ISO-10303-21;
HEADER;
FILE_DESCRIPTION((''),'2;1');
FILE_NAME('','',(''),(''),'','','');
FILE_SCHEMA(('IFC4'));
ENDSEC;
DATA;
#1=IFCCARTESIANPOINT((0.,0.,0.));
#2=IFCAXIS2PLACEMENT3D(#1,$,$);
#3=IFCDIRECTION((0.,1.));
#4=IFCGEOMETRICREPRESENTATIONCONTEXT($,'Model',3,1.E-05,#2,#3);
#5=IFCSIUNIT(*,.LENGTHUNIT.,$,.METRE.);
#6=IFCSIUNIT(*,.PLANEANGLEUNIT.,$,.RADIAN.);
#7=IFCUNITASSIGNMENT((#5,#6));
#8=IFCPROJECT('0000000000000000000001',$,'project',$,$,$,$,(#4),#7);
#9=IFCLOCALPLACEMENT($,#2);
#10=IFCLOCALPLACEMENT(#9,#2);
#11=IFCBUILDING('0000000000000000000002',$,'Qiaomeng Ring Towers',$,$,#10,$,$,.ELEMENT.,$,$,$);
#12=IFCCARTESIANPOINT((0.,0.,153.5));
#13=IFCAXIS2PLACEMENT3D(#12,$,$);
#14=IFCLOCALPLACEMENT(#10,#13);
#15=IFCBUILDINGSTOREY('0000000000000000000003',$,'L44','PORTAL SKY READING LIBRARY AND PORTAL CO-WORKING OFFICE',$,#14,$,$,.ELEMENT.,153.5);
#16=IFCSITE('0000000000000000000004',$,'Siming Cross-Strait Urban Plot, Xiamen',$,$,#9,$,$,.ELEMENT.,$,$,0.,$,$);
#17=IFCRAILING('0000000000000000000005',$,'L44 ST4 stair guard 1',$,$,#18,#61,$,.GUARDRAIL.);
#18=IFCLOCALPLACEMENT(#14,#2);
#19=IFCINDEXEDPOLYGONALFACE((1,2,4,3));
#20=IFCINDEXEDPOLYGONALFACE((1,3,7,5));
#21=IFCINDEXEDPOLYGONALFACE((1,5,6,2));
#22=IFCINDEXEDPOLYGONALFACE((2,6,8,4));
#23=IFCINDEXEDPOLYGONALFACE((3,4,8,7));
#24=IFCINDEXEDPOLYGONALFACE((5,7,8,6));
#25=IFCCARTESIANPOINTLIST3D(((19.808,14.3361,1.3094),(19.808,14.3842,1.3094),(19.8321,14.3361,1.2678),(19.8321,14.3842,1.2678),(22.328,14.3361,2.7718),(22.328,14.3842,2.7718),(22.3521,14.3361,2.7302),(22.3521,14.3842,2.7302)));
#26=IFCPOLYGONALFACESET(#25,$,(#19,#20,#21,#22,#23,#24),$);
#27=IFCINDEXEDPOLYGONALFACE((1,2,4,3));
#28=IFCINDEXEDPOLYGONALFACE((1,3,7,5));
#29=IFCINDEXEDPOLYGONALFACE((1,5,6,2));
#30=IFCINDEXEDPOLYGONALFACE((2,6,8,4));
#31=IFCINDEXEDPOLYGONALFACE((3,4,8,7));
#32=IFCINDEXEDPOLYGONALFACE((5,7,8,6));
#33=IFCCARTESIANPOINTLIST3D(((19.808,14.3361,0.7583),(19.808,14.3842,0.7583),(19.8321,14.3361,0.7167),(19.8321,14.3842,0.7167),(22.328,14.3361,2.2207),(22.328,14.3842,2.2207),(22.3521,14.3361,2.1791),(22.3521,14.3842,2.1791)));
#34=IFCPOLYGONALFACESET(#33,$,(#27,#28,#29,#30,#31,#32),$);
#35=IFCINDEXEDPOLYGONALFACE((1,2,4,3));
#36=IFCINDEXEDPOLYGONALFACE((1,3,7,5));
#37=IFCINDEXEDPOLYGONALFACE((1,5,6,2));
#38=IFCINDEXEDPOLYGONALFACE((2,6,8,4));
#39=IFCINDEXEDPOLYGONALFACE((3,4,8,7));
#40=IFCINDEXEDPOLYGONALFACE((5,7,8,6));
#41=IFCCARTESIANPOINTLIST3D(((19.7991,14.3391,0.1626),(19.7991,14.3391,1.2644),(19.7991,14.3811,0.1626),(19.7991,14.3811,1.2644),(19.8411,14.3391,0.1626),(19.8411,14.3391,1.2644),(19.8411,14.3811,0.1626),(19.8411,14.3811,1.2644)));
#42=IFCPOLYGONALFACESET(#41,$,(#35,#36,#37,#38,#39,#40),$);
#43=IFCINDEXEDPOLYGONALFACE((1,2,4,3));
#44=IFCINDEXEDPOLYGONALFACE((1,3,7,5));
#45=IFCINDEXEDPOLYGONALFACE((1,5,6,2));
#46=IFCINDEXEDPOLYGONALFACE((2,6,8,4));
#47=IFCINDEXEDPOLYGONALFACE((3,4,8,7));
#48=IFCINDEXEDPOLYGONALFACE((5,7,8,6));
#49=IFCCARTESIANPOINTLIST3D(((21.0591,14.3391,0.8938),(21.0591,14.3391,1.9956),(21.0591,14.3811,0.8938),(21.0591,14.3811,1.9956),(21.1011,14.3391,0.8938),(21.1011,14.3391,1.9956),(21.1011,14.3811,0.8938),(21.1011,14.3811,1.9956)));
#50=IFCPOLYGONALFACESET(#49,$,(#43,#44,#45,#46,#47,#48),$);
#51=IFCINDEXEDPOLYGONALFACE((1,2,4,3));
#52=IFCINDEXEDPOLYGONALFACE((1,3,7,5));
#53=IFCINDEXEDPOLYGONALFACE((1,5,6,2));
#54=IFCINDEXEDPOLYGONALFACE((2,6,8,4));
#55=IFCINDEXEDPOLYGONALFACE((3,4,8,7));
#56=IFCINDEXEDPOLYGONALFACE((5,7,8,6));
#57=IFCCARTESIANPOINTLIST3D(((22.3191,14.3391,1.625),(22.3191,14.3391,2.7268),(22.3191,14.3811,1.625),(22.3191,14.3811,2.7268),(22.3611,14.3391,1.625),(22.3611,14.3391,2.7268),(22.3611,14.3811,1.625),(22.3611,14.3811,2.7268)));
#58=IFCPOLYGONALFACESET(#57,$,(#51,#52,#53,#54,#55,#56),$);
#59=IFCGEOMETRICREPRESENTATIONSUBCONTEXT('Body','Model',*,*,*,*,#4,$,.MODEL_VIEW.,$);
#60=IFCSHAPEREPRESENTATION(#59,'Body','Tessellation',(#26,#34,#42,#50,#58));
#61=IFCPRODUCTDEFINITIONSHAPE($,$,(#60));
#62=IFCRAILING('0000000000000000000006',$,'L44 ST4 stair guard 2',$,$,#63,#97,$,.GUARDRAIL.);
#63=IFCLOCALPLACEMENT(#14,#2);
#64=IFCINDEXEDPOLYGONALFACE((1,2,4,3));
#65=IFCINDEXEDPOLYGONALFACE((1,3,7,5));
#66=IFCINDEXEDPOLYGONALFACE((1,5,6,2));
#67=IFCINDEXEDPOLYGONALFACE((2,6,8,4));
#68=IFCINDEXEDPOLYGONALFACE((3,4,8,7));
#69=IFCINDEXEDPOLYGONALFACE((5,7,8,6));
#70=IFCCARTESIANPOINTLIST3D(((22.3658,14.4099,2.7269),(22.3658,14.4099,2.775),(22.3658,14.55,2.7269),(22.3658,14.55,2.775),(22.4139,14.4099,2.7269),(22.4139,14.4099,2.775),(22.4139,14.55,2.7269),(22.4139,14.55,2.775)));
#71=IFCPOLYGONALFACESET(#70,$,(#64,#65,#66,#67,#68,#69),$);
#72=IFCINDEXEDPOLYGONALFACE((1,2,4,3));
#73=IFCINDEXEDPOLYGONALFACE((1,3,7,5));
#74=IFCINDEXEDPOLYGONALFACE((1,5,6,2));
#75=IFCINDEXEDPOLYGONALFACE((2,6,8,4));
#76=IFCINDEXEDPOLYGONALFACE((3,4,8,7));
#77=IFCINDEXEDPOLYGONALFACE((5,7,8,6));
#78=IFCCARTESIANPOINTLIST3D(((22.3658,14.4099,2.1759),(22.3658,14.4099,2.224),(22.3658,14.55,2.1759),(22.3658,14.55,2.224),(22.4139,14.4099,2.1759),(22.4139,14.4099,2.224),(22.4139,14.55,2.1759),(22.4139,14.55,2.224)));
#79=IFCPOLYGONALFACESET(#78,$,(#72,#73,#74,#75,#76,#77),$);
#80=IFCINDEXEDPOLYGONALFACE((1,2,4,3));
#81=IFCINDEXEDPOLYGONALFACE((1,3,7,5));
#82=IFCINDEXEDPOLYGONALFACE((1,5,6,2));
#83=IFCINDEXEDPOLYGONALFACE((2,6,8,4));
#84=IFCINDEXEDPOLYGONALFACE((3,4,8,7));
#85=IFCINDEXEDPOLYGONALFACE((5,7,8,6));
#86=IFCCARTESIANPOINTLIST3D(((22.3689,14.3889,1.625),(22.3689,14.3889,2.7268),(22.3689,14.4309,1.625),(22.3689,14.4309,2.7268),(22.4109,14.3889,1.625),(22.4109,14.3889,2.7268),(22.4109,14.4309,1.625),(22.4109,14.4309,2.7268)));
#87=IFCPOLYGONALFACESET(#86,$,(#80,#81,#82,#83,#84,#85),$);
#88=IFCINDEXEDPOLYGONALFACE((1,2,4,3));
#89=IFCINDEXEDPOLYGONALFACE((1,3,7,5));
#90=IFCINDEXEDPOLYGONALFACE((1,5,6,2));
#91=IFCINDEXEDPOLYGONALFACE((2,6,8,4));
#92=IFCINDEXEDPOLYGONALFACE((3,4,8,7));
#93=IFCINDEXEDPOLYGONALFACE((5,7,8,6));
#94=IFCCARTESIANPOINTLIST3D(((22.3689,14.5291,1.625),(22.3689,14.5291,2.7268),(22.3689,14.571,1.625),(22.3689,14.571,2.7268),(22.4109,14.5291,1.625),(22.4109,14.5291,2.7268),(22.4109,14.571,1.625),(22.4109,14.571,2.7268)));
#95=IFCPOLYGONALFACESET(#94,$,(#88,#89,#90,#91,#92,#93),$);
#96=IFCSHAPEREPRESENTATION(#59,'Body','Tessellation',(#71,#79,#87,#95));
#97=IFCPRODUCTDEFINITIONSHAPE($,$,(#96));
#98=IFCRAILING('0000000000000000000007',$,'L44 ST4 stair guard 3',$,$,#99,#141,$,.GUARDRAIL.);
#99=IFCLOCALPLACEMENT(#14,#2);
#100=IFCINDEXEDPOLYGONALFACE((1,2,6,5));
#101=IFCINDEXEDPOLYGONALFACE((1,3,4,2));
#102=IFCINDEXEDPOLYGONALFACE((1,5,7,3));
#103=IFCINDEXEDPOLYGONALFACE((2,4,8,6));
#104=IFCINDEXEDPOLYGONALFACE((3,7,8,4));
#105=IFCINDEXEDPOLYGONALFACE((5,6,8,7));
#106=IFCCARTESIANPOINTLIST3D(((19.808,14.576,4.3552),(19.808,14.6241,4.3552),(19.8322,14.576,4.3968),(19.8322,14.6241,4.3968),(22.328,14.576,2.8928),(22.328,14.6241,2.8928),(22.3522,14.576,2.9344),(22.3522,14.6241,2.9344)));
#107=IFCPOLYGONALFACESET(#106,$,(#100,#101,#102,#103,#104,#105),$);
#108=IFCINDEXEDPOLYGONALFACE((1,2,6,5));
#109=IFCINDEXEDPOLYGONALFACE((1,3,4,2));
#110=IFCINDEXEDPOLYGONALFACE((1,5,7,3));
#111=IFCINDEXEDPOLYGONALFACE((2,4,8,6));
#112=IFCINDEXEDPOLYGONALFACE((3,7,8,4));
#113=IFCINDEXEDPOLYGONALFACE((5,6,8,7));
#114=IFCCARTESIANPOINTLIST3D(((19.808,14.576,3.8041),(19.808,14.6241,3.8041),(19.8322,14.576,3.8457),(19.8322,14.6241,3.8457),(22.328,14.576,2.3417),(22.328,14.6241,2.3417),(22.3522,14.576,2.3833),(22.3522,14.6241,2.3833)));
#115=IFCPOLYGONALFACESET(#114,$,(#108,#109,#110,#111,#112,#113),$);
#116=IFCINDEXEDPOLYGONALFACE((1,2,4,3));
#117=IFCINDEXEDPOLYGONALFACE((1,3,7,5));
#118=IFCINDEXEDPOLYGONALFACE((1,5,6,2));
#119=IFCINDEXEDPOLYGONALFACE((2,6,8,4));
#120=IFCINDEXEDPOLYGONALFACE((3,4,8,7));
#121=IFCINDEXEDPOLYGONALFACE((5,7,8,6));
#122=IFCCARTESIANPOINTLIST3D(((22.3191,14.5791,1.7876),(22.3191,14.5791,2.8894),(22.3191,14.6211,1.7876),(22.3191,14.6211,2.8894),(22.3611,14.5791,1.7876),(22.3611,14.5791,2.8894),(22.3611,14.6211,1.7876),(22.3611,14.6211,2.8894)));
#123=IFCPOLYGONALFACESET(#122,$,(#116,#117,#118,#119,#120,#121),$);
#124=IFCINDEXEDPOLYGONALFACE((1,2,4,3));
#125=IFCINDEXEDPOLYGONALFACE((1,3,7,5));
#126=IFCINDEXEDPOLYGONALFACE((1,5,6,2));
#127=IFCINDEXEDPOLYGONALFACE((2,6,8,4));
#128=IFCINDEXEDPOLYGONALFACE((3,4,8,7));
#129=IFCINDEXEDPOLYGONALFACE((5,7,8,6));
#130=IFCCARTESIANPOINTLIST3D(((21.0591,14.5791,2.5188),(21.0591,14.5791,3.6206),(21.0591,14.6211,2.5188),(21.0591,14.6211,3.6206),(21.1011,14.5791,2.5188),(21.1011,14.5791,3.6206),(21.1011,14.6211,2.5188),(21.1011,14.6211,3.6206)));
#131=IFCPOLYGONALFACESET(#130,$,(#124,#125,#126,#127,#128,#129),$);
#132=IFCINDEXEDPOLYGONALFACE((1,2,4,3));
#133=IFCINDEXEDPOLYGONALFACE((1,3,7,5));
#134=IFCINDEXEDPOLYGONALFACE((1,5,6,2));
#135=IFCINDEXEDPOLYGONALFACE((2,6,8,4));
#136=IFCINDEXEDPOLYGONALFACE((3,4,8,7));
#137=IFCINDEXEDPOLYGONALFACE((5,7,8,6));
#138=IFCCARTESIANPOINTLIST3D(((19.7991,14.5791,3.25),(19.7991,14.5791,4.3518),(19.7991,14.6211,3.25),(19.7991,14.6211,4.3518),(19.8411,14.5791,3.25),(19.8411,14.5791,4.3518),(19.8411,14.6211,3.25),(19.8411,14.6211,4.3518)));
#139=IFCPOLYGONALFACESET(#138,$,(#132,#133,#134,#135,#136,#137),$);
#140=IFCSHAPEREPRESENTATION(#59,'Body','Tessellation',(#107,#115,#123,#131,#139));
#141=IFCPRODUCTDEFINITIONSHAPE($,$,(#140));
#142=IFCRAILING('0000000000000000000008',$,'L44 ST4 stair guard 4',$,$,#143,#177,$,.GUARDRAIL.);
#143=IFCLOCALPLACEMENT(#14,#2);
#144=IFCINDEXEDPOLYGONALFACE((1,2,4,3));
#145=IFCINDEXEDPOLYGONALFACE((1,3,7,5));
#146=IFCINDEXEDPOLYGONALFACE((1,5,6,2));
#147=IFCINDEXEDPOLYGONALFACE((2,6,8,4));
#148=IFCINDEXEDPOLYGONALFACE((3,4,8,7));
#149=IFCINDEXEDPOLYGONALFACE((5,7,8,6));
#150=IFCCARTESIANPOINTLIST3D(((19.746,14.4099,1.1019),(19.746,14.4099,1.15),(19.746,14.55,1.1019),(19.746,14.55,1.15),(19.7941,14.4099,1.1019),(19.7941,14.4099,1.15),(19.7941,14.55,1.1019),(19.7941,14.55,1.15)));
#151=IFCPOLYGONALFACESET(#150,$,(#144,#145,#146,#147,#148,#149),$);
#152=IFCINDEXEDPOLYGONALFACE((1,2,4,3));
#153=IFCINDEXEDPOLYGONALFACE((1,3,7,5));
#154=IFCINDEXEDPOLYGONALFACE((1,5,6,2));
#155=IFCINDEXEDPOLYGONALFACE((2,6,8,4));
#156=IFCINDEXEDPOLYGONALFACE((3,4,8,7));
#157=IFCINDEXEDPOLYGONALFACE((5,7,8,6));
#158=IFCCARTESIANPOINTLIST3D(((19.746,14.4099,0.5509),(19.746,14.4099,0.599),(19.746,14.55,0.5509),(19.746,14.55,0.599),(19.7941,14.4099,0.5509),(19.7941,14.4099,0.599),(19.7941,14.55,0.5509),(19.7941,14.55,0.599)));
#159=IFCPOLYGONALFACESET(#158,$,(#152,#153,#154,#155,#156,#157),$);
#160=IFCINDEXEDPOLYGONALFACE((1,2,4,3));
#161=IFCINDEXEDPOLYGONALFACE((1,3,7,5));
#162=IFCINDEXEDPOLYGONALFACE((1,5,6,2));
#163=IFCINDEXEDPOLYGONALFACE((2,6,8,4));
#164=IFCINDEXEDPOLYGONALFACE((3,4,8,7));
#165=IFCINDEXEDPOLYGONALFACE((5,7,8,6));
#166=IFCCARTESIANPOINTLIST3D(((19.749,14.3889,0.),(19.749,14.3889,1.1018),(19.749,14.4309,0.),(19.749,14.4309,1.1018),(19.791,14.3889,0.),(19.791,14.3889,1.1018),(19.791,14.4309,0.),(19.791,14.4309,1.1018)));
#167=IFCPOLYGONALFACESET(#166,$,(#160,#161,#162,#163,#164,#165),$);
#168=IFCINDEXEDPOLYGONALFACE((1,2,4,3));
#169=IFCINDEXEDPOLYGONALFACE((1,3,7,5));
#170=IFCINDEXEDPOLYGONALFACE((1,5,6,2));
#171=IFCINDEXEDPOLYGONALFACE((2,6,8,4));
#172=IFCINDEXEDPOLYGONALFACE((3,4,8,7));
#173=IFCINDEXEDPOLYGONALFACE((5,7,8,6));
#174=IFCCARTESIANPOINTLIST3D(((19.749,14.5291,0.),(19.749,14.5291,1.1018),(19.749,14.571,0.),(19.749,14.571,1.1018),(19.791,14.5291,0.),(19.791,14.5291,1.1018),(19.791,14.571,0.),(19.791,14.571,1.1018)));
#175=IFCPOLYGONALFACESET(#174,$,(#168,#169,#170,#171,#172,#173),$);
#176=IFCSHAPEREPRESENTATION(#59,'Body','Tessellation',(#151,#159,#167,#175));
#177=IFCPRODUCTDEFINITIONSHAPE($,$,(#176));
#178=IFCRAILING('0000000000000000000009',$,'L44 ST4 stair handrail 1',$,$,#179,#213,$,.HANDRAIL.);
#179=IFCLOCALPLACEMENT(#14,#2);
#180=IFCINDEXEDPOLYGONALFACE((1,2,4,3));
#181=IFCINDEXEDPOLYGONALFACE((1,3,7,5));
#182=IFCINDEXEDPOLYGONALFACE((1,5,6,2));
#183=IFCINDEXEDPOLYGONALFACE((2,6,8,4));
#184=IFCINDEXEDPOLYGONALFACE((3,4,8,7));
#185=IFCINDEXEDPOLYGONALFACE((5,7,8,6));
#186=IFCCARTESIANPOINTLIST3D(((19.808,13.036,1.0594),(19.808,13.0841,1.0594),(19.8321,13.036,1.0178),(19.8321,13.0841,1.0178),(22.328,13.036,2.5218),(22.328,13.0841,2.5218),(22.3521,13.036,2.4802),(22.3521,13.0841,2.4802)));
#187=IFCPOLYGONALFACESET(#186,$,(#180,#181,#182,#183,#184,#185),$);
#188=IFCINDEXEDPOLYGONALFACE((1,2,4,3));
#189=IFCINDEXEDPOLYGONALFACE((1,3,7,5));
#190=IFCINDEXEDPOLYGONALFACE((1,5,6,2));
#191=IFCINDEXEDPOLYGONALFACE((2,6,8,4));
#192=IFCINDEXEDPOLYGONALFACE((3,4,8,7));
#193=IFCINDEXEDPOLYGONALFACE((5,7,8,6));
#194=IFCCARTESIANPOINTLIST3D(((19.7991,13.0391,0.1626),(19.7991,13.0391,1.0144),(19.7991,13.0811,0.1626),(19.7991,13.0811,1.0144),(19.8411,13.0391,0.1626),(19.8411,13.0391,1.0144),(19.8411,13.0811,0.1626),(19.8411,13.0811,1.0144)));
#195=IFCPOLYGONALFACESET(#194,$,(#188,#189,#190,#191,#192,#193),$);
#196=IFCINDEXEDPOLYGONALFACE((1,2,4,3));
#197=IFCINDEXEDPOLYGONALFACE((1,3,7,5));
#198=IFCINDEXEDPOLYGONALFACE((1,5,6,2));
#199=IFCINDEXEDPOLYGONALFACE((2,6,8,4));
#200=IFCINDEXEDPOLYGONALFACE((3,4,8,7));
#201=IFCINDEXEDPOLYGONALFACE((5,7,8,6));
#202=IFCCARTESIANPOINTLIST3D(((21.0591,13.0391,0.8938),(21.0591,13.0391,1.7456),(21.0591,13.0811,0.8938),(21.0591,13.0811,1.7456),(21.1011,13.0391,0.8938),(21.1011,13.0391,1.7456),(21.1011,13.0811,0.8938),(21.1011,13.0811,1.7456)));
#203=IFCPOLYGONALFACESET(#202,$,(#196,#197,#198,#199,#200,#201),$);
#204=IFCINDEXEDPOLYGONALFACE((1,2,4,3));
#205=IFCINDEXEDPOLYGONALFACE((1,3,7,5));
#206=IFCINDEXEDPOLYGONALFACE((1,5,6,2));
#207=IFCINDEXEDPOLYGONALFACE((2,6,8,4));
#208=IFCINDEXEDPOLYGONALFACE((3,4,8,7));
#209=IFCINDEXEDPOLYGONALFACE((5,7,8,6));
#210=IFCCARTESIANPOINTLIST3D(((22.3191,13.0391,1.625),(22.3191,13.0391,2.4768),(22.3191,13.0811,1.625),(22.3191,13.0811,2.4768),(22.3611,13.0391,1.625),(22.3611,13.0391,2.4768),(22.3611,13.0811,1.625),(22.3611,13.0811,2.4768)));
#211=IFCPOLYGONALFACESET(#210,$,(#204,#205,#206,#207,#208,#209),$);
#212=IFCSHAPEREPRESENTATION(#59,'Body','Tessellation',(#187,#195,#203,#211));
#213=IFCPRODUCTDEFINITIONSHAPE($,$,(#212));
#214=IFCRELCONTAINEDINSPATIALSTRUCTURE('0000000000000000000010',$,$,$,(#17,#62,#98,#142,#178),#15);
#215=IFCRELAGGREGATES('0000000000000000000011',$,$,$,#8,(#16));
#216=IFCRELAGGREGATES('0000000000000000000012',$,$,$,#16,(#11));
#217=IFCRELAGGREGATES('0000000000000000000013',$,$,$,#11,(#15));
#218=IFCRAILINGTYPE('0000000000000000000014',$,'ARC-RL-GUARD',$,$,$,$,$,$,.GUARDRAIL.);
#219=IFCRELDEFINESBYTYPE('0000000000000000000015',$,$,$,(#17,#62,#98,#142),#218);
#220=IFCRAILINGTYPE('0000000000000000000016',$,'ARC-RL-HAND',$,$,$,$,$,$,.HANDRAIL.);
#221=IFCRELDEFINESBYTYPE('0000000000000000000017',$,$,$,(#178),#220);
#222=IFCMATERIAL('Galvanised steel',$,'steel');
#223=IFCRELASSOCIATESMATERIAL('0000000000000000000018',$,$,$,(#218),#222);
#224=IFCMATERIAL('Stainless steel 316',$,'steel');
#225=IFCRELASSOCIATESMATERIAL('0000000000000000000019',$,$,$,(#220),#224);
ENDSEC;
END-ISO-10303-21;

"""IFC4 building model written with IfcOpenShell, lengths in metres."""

from ifc_helpers import new_model, si_unit, direction, frame, origin, origin_2d, place, context, subcontext, project, spatial, rectangle, extrude, material, type_object, element, save


model = new_model("IFC4")

# Units and contexts
model_context = context("Model", 3, precision=1e-05, world=origin(), true_north=direction((0.0, 1.0)))
body_context = subcontext(model_context, "Body", "Model", "MODEL_VIEW")
ifc_project = project(units=[si_unit("LENGTHUNIT", "METRE"), si_unit("PLANEANGLEUNIT", "RADIAN")], contexts=[model_context])

# Site, building, storey
site_placement = place(None, origin())
site = spatial("IfcSite", under=ifc_project, at=site_placement, Name="Siming Cross-Strait Urban Plot, Xiamen", CompositionType="ELEMENT", RefElevation=0.0)
building_placement = place(site_placement, origin())
building = spatial("IfcBuilding", under=site, at=building_placement, Name="Qiaomeng Ring Towers", CompositionType="ELEMENT")
storey_placement = place(building_placement, frame((0.0, 0.0, 153.5)))
storey = spatial("IfcBuildingStorey", under=building, at=storey_placement, Name="L44", Description="PORTAL SKY READING LIBRARY AND PORTAL CO-WORKING OFFICE", CompositionType="ELEMENT", Elevation=153.5)

# Shared definitions
ifc_material_1 = material(Name="Galvanised steel", Category="steel")

# Railings
railing_type_1 = type_object("IfcRailingType", Name="ARC-RL-GUARD", PredefinedType="GUARDRAIL", material=ifc_material_1)
railing_1_placement = place(storey_placement, frame((19.8201, 14.3601, 0.1626)))
element("IfcRailing", 1, at=railing_1_placement, inside=storey, type_object=railing_type_1, Name="L44 ST4 stair guard 1", PredefinedType="GUARDRAIL", context=body_context, shape_type="SweptSolid", body=[
    extrude(rectangle(XDim=0.0481, YDim=0.0481, at=origin_2d()), frame((0.0, 0.0, 1.126), z_axis=(0.864913, 0.0, 0.501921), x_axis=(0.0, 1.0, 0.0)), (0.0, 0.0, 1.0), 2.9136),
    extrude(rectangle(XDim=0.0481, YDim=0.0481, at=origin_2d()), frame((0.0, 0.0, 0.575), z_axis=(0.864913, 0.0, 0.501921), x_axis=(0.0, 1.0, 0.0)), (0.0, 0.0, 1.0), 2.9136),
    extrude(rectangle(XDim=0.042, YDim=0.042, at=origin_2d()), origin(), (0.0, 0.0, 1.0), 1.1018),
    extrude(rectangle(XDim=0.042, YDim=0.042, at=origin_2d()), frame((1.26, 0.0, 0.7312)), (0.0, 0.0, 1.0), 1.1018),
    extrude(rectangle(XDim=0.042, YDim=0.042, at=origin_2d()), frame((2.52, 0.0, 1.4624)), (0.0, 0.0, 1.0), 1.1018),
])
railing_2_placement = place(storey_placement, frame((22.3899, 14.4099, 1.625)))
element("IfcRailing", 2, at=railing_2_placement, inside=storey, type_object=railing_type_1, Name="L44 ST4 stair guard 2", PredefinedType="GUARDRAIL", context=body_context, shape_type="SweptSolid", body=[
    extrude(rectangle(XDim=0.0481, YDim=0.0481, at=origin_2d()), frame((0.0, 0.0, 1.126), z_axis=(0.0, 1.0, 0.0), x_axis=(-1.0, 0.0, 0.0)), (0.0, 0.0, 1.0), 0.1401),
    extrude(rectangle(XDim=0.0481, YDim=0.0481, at=origin_2d()), frame((0.0, 0.0, 0.575), z_axis=(0.0, 1.0, 0.0), x_axis=(-1.0, 0.0, 0.0)), (0.0, 0.0, 1.0), 0.1401),
    extrude(rectangle(XDim=0.042, YDim=0.042, at=origin_2d()), origin(), (0.0, 0.0, 1.0), 1.1018),
    extrude(rectangle(XDim=0.042, YDim=0.042, at=origin_2d()), frame((0.0, 0.1401, 0.0)), (0.0, 0.0, 1.0), 1.1018),
])
railing_3_placement = place(storey_placement, frame((22.3401, 14.6001, 1.7876)))
element("IfcRailing", 3, at=railing_3_placement, inside=storey, type_object=railing_type_1, Name="L44 ST4 stair guard 3", PredefinedType="GUARDRAIL", context=body_context, shape_type="SweptSolid", body=[
    extrude(rectangle(XDim=0.0481, YDim=0.0481, at=origin_2d()), frame((0.0, 0.0, 1.126), z_axis=(-0.864913, 0.0, 0.501921), x_axis=(0.0, -1.0, 0.0)), (0.0, 0.0, 1.0), 2.9136),
    extrude(rectangle(XDim=0.0481, YDim=0.0481, at=origin_2d()), frame((0.0, 0.0, 0.575), z_axis=(-0.864913, 0.0, 0.501921), x_axis=(0.0, -1.0, 0.0)), (0.0, 0.0, 1.0), 2.9136),
    extrude(rectangle(XDim=0.042, YDim=0.042, at=origin_2d()), origin(), (0.0, 0.0, 1.0), 1.1018),
    extrude(rectangle(XDim=0.042, YDim=0.042, at=origin_2d()), frame((-1.26, 0.0, 0.7312)), (0.0, 0.0, 1.0), 1.1018),
    extrude(rectangle(XDim=0.042, YDim=0.042, at=origin_2d()), frame((-2.52, 0.0, 1.4624)), (0.0, 0.0, 1.0), 1.1018),
])
railing_4_placement = place(storey_placement, frame((19.77, 14.4099, 0.0)))
element("IfcRailing", 4, at=railing_4_placement, inside=storey, type_object=railing_type_1, Name="L44 ST4 stair guard 4", PredefinedType="GUARDRAIL", context=body_context, shape_type="SweptSolid", body=[
    extrude(rectangle(XDim=0.0481, YDim=0.0481, at=origin_2d()), frame((0.0, 0.0, 1.126), z_axis=(0.0, 1.0, 0.0), x_axis=(-1.0, 0.0, 0.0)), (0.0, 0.0, 1.0), 0.1401),
    extrude(rectangle(XDim=0.0481, YDim=0.0481, at=origin_2d()), frame((0.0, 0.0, 0.575), z_axis=(0.0, 1.0, 0.0), x_axis=(-1.0, 0.0, 0.0)), (0.0, 0.0, 1.0), 0.1401),
    extrude(rectangle(XDim=0.042, YDim=0.042, at=origin_2d()), origin(), (0.0, 0.0, 1.0), 1.1018),
    extrude(rectangle(XDim=0.042, YDim=0.042, at=origin_2d()), frame((0.0, 0.1401, 0.0)), (0.0, 0.0, 1.0), 1.1018),
])
ifc_material_2 = material(Name="Stainless steel 316", Category="steel")
railing_type_2 = type_object("IfcRailingType", Name="ARC-RL-HAND", PredefinedType="HANDRAIL", material=ifc_material_2)
railing_5_placement = place(storey_placement, frame((19.8201, 13.0601, 0.1626)))
element("IfcRailing", 5, at=railing_5_placement, inside=storey, type_object=railing_type_2, Name="L44 ST4 stair handrail 1", PredefinedType="HANDRAIL", context=body_context, shape_type="SweptSolid", body=[
    extrude(rectangle(XDim=0.0481, YDim=0.0481, at=origin_2d()), frame((0.0, 0.0, 0.876), z_axis=(0.864913, 0.0, 0.501921), x_axis=(0.0, 1.0, 0.0)), (0.0, 0.0, 1.0), 2.9136),
    extrude(rectangle(XDim=0.042, YDim=0.042, at=origin_2d()), origin(), (0.0, 0.0, 1.0), 0.8518),
    extrude(rectangle(XDim=0.042, YDim=0.042, at=origin_2d()), frame((1.26, 0.0, 0.7312)), (0.0, 0.0, 1.0), 0.8518),
    extrude(rectangle(XDim=0.042, YDim=0.042, at=origin_2d()), frame((2.52, 0.0, 1.4624)), (0.0, 0.0, 1.0), 0.8518),
])

save(model, "model.ifc")
